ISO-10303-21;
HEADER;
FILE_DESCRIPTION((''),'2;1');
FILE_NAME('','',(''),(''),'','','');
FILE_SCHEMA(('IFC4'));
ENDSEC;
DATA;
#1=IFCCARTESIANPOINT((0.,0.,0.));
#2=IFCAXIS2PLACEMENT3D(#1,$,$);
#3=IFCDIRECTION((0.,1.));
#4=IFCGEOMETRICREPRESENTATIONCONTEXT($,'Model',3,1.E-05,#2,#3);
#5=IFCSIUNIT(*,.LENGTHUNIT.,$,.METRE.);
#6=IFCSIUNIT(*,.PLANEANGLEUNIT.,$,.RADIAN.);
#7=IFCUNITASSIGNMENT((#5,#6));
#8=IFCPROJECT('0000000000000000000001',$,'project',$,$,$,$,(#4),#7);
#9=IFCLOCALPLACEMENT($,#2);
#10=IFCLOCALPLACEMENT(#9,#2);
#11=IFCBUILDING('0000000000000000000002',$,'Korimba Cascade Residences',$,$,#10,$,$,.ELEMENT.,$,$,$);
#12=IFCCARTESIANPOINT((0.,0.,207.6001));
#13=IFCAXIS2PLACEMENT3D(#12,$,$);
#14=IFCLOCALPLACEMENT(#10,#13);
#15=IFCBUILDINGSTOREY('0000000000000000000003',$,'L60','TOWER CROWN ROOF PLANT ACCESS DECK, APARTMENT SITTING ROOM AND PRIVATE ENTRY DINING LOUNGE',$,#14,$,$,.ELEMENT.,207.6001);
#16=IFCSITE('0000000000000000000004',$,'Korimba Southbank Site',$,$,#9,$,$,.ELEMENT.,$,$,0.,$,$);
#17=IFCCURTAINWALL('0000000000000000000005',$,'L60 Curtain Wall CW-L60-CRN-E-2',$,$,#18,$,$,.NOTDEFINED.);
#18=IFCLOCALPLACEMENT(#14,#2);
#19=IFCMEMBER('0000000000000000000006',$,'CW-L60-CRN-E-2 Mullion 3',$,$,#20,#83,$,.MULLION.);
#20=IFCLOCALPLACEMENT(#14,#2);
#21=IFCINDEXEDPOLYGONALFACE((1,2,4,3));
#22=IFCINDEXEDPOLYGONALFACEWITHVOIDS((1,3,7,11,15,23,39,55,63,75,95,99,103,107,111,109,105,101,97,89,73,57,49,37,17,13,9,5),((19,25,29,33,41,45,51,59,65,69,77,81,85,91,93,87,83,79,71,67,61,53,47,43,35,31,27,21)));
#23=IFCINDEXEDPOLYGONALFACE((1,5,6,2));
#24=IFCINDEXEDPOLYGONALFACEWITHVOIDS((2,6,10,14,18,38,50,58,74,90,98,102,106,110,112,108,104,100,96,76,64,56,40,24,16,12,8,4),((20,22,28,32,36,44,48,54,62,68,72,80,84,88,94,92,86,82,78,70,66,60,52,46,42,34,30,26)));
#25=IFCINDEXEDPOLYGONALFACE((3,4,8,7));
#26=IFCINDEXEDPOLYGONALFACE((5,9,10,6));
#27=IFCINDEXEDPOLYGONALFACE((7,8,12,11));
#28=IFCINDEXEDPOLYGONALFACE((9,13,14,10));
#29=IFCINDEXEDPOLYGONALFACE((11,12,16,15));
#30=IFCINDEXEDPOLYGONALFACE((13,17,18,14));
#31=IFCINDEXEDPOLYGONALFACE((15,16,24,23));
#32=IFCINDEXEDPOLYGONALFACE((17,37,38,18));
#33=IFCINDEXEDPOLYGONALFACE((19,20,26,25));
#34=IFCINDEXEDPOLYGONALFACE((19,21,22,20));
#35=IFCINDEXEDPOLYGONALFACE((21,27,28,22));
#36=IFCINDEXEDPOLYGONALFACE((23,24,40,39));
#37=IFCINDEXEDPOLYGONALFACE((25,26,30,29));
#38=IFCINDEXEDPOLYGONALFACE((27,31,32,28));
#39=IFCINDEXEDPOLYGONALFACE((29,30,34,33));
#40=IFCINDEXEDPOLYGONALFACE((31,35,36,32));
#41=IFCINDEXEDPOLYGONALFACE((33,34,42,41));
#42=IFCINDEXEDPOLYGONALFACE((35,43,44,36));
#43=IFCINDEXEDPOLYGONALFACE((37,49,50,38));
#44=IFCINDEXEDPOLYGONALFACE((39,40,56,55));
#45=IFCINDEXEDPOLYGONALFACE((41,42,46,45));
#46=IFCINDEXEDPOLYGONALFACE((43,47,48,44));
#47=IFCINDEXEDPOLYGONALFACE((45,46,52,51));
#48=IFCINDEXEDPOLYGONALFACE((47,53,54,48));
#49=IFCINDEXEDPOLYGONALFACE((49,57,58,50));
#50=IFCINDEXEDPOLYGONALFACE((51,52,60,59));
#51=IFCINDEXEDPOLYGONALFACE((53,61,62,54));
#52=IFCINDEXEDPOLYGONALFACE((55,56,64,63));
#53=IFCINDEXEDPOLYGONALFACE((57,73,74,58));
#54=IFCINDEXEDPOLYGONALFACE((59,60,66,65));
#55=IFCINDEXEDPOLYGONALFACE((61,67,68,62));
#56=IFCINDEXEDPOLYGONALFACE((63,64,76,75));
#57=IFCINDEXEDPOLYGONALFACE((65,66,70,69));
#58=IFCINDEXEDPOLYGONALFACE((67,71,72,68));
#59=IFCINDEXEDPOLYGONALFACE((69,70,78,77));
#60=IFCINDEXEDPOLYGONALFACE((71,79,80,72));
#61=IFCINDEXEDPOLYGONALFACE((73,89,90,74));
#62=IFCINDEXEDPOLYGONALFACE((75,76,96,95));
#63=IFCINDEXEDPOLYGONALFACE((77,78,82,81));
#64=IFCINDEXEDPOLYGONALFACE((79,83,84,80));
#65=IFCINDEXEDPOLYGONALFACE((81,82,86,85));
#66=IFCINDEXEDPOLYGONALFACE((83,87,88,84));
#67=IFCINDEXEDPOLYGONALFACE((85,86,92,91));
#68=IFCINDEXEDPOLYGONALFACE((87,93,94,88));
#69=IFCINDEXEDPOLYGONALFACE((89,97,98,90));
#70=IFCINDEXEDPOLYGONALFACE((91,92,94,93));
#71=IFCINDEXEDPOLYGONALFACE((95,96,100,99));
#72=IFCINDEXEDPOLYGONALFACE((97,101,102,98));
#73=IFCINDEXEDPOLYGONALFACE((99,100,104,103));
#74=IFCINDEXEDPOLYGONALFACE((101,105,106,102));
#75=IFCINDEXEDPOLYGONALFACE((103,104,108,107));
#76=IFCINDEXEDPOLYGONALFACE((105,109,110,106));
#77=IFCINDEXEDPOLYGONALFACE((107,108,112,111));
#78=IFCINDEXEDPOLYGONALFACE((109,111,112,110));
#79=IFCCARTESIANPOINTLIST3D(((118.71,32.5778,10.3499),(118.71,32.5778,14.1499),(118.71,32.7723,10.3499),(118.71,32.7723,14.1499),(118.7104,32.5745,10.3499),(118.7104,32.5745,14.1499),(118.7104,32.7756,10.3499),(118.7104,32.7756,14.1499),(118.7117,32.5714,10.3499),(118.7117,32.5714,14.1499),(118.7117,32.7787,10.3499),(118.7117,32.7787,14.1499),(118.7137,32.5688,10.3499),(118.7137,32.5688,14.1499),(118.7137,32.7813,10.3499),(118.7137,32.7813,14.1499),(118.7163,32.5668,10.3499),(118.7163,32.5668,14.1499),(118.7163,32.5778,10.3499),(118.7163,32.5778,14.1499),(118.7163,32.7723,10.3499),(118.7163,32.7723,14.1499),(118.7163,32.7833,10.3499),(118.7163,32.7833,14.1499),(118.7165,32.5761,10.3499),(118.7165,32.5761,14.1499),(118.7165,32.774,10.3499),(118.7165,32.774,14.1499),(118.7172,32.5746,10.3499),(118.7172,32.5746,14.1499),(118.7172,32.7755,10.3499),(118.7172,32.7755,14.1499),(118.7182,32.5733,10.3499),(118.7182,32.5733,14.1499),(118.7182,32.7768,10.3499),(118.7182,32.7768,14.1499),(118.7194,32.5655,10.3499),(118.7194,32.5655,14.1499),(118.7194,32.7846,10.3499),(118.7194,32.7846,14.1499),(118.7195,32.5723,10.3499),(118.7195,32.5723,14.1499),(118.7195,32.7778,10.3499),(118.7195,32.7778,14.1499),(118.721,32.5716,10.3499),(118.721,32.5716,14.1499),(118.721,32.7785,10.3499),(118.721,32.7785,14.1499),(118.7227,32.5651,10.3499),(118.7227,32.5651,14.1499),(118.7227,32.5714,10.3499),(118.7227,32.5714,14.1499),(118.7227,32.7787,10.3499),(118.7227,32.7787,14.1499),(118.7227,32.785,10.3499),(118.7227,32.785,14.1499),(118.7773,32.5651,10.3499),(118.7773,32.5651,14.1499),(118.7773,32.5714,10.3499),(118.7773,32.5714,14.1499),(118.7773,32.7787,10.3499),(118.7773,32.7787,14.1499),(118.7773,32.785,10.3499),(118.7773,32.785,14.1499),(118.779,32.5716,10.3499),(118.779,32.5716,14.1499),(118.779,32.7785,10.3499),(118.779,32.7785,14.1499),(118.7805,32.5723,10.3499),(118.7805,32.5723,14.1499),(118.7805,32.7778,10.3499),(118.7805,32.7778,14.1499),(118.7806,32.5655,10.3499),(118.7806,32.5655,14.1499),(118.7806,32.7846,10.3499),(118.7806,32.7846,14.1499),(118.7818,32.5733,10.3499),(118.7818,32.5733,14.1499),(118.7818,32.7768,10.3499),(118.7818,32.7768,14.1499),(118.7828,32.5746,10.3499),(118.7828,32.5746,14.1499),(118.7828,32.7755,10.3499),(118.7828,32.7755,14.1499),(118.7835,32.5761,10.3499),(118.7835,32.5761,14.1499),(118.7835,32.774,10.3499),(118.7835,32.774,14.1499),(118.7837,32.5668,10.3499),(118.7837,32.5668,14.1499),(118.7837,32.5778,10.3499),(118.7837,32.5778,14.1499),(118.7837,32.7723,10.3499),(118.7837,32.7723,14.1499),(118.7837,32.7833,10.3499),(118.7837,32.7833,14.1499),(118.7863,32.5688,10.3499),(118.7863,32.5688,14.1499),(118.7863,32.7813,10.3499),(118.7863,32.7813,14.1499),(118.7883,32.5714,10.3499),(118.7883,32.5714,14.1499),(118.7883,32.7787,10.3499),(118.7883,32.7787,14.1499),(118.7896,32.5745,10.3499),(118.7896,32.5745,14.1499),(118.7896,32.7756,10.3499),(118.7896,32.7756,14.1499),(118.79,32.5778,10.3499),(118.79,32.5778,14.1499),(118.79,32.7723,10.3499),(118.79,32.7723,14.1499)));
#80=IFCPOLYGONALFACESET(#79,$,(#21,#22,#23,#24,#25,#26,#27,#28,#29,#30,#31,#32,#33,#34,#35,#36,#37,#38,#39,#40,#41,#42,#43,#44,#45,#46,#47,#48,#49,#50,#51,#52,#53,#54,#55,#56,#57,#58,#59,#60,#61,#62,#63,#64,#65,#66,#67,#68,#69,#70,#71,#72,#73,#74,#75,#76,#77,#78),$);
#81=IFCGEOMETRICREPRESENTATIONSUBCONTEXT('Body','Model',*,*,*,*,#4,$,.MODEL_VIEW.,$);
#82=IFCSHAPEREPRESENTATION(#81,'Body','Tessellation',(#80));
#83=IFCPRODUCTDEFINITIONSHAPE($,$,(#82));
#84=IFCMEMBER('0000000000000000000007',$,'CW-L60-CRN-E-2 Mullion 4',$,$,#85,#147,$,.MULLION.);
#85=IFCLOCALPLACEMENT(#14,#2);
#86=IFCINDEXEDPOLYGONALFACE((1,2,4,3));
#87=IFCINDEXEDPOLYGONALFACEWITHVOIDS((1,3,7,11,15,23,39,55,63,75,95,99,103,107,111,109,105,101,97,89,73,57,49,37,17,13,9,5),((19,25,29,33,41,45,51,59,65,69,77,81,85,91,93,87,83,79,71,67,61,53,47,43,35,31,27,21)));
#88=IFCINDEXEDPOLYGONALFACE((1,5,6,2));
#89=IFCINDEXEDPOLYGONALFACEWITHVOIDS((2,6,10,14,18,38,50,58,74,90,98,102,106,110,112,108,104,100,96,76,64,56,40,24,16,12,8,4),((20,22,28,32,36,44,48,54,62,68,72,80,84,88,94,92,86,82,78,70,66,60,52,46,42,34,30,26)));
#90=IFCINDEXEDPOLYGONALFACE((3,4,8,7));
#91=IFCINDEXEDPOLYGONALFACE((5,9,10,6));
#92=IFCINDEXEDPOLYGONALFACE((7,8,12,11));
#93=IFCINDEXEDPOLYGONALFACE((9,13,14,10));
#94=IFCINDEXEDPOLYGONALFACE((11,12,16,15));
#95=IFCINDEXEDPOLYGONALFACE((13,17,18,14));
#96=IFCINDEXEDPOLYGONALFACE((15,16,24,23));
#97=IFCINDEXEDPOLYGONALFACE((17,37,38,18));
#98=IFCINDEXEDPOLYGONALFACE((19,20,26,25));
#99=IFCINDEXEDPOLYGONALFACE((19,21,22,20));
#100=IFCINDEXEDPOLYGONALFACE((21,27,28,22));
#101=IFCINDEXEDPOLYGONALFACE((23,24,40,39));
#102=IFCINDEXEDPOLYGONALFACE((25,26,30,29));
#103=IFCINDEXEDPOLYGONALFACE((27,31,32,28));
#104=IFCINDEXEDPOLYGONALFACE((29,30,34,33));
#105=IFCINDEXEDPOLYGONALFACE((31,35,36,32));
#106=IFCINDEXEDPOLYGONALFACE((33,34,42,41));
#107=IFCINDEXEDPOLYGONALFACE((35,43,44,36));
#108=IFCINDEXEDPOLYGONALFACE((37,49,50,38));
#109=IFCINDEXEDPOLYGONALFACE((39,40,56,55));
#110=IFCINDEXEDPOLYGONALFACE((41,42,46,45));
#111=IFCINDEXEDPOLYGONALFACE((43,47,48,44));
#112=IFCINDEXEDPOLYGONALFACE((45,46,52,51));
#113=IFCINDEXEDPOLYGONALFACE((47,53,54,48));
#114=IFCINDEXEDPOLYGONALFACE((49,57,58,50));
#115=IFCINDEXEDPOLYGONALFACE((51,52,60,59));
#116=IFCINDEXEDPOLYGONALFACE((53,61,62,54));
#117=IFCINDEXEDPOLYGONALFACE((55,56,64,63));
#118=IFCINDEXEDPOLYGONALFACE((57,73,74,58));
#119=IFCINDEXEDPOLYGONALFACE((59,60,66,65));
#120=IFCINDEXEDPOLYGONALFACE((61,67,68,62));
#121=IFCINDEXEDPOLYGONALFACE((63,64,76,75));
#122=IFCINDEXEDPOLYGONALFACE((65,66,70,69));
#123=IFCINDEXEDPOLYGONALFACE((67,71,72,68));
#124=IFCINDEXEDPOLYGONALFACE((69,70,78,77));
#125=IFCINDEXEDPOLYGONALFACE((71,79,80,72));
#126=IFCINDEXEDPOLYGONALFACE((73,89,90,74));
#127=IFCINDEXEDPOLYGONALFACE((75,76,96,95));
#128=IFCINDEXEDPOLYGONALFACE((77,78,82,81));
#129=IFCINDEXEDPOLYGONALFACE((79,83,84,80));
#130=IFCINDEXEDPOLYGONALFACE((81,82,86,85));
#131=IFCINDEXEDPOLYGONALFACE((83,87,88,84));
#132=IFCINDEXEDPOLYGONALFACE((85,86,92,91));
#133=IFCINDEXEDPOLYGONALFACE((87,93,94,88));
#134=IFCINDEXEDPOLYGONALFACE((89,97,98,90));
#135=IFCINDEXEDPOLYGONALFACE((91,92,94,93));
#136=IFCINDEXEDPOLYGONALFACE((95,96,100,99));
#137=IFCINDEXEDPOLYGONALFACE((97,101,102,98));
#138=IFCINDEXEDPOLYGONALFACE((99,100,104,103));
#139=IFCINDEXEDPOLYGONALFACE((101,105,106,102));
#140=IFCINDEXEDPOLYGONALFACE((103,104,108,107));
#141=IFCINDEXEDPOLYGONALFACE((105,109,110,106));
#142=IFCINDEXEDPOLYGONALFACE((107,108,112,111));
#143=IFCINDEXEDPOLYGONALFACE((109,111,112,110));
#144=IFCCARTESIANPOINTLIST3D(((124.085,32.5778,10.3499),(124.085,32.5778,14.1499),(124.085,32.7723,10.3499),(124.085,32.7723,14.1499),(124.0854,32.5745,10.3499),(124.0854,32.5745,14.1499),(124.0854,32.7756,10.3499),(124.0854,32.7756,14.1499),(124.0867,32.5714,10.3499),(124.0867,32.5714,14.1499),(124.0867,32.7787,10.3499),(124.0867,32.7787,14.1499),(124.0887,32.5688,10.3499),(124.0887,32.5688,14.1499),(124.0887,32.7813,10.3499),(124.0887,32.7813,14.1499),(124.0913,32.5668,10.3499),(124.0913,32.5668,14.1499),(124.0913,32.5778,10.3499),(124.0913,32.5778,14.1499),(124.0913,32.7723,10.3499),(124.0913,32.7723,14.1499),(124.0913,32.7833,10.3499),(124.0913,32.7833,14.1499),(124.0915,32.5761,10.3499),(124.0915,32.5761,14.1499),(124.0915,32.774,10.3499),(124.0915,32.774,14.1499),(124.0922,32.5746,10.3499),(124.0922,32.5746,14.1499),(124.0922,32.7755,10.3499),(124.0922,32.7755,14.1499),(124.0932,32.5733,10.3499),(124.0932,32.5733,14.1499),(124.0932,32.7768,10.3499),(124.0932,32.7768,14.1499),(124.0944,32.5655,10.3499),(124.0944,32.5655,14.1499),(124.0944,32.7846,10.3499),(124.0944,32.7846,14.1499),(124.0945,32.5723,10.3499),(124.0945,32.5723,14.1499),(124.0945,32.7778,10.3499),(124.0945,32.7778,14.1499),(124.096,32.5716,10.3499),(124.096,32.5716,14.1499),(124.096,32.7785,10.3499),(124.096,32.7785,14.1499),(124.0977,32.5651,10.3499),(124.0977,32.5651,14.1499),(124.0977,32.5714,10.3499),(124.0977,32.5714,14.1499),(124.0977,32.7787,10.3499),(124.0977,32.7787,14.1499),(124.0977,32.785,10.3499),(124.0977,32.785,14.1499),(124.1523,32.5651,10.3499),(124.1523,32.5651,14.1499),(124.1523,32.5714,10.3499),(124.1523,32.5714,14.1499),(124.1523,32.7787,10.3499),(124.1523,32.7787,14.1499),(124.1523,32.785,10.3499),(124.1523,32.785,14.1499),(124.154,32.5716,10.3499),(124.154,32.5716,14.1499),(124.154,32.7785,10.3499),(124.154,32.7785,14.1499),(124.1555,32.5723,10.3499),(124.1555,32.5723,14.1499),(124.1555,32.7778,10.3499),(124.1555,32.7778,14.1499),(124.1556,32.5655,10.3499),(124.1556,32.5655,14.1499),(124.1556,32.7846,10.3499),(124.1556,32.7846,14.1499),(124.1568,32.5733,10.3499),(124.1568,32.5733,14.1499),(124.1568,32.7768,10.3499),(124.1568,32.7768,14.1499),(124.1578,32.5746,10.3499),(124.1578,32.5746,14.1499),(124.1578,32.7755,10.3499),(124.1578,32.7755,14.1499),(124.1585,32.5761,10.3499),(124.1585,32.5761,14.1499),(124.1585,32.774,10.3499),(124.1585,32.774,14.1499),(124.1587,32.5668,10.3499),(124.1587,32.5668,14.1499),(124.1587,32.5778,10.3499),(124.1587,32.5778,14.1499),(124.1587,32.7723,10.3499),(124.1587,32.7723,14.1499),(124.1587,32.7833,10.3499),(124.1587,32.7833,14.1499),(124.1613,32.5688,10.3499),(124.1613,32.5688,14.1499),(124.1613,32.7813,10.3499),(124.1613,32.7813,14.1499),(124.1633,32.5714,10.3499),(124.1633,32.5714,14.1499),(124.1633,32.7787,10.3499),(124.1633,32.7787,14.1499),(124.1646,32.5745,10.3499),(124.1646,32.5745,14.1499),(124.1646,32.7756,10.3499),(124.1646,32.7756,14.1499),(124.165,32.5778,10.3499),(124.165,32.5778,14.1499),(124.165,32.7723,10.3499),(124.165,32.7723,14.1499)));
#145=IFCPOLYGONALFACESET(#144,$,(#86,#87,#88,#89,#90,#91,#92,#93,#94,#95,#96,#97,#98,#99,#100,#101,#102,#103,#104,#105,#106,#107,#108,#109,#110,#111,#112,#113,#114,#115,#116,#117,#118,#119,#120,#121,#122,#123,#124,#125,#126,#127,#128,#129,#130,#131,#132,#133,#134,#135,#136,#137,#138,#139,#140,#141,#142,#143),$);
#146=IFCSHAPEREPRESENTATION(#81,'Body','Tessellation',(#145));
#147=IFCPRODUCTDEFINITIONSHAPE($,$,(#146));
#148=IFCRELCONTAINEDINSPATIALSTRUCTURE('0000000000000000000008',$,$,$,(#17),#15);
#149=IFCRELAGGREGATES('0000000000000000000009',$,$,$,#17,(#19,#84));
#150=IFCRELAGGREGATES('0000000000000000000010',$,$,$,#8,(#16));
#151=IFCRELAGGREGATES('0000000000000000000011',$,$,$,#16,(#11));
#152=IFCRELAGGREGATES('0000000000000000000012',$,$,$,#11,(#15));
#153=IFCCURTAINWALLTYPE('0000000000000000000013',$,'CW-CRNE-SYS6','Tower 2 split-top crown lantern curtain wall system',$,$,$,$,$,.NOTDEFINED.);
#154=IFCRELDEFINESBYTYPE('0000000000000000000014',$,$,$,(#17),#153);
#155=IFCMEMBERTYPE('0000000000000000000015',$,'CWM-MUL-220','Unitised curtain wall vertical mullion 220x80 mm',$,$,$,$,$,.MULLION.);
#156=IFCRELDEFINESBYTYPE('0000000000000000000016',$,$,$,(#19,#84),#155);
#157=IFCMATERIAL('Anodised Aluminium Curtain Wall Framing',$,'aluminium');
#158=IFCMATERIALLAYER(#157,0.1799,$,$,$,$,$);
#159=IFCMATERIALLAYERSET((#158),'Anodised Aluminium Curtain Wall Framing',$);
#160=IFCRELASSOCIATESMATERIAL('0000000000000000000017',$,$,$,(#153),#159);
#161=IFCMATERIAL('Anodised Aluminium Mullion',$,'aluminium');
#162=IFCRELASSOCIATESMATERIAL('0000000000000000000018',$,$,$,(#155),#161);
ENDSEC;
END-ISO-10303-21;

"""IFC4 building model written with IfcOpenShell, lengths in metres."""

from ifc_helpers import new_model, si_unit, direction, frame, origin, origin_2d, place, context, subcontext, project, spatial, hollow_rectangle, extrude, material, layer, layer_set, material_profile, profile_set, type_object, element, aggregate, save


model = new_model("IFC4")

# Units and contexts
model_context = context("Model", 3, precision=1e-05, world=origin(), true_north=direction((0.0, 1.0)))
body_context = subcontext(model_context, "Body", "Model", "MODEL_VIEW")
ifc_project = project(units=[si_unit("LENGTHUNIT", "METRE"), si_unit("PLANEANGLEUNIT", "RADIAN")], contexts=[model_context])

# Site, building, storey
site_placement = place(None, origin())
site = spatial("IfcSite", under=ifc_project, at=site_placement, Name="Korimba Southbank Site", CompositionType="ELEMENT", RefElevation=0.0)
building_placement = place(site_placement, origin())
building = spatial("IfcBuilding", under=site, at=building_placement, Name="Korimba Cascade Residences", CompositionType="ELEMENT")
storey_placement = place(building_placement, frame((0.0, 0.0, 207.6001)))
storey = spatial("IfcBuildingStorey", under=building, at=storey_placement, Name="L60", Description="TOWER CROWN ROOF PLANT ACCESS DECK, APARTMENT SITTING ROOM AND PRIVATE ENTRY DINING LOUNGE", CompositionType="ELEMENT", Elevation=207.6001)

# Curtain wall, members
ifc_material_1 = material(Name="Anodised Aluminium Curtain Wall Framing", Category="aluminium")
ifc_layer_1 = layer(ifc_material_1, 0.1799)
ifc_layer_set_1 = layer_set([ifc_layer_1], Name="Anodised Aluminium Curtain Wall Framing")
curtain_wall_type = type_object("IfcCurtainWallType", Name="CW-CRNE-SYS6", Description="Tower 2 split-top crown lantern curtain wall system", PredefinedType="NOTDEFINED", material=ifc_layer_set_1)
curtain_wall_placement = place(storey_placement, origin())
curtain_wall = element("IfcCurtainWall", 1, at=curtain_wall_placement, inside=storey, type_object=curtain_wall_type, Name="L60 Curtain Wall CW-L60-CRN-E-2", PredefinedType="NOTDEFINED")
ifc_material_2 = material(Name="Anodised Aluminium Mullion", Category="aluminium")
ifc_material_profile_1 = material_profile(ifc_material_2, hollow_rectangle(XDim=0.0801, YDim=0.22, WallThickness=0.0063, InnerFilletRadius=0.0063, OuterFilletRadius=0.0127, at=origin_2d()), Name="Anodised Aluminium Mullion")
ifc_profile_set_1 = profile_set([ifc_material_profile_1], Name="Anodised Aluminium Mullion")
member_type_1 = type_object("IfcMemberType", Name="CWM-MUL-220", Description="Unitised curtain wall vertical mullion 220x80 mm", PredefinedType="MULLION", material=ifc_profile_set_1)
member_1_placement = place(storey_placement, frame((118.75, 32.675, 10.3499), z_axis=(0.0, 0.0, 1.0), x_axis=(1.0, 0.0, 0.0)))
member_1 = element("IfcMember", 2, at=member_1_placement, type_object=member_type_1, Name="CW-L60-CRN-E-2 Mullion 3", PredefinedType="MULLION", context=body_context, shape_type="SweptSolid", body=[
    extrude(hollow_rectangle(XDim=0.0801, YDim=0.22, WallThickness=0.0063, InnerFilletRadius=0.0063, OuterFilletRadius=0.0127, at=origin_2d()), origin(), (0.0, 0.0, 1.0), 3.8),
])
member_2_placement = place(storey_placement, frame((124.125, 32.675, 10.3499), z_axis=(0.0, 0.0, 1.0), x_axis=(1.0, 0.0, 0.0)))
member_2 = element("IfcMember", 3, at=member_2_placement, type_object=member_type_1, Name="CW-L60-CRN-E-2 Mullion 4", PredefinedType="MULLION", context=body_context, shape_type="SweptSolid", body=[
    extrude(hollow_rectangle(XDim=0.0801, YDim=0.22, WallThickness=0.0063, InnerFilletRadius=0.0063, OuterFilletRadius=0.0127, at=origin_2d()), origin(), (0.0, 0.0, 1.0), 3.8),
])

aggregate(curtain_wall, [member_1, member_2])

save(model, "model.ifc")
